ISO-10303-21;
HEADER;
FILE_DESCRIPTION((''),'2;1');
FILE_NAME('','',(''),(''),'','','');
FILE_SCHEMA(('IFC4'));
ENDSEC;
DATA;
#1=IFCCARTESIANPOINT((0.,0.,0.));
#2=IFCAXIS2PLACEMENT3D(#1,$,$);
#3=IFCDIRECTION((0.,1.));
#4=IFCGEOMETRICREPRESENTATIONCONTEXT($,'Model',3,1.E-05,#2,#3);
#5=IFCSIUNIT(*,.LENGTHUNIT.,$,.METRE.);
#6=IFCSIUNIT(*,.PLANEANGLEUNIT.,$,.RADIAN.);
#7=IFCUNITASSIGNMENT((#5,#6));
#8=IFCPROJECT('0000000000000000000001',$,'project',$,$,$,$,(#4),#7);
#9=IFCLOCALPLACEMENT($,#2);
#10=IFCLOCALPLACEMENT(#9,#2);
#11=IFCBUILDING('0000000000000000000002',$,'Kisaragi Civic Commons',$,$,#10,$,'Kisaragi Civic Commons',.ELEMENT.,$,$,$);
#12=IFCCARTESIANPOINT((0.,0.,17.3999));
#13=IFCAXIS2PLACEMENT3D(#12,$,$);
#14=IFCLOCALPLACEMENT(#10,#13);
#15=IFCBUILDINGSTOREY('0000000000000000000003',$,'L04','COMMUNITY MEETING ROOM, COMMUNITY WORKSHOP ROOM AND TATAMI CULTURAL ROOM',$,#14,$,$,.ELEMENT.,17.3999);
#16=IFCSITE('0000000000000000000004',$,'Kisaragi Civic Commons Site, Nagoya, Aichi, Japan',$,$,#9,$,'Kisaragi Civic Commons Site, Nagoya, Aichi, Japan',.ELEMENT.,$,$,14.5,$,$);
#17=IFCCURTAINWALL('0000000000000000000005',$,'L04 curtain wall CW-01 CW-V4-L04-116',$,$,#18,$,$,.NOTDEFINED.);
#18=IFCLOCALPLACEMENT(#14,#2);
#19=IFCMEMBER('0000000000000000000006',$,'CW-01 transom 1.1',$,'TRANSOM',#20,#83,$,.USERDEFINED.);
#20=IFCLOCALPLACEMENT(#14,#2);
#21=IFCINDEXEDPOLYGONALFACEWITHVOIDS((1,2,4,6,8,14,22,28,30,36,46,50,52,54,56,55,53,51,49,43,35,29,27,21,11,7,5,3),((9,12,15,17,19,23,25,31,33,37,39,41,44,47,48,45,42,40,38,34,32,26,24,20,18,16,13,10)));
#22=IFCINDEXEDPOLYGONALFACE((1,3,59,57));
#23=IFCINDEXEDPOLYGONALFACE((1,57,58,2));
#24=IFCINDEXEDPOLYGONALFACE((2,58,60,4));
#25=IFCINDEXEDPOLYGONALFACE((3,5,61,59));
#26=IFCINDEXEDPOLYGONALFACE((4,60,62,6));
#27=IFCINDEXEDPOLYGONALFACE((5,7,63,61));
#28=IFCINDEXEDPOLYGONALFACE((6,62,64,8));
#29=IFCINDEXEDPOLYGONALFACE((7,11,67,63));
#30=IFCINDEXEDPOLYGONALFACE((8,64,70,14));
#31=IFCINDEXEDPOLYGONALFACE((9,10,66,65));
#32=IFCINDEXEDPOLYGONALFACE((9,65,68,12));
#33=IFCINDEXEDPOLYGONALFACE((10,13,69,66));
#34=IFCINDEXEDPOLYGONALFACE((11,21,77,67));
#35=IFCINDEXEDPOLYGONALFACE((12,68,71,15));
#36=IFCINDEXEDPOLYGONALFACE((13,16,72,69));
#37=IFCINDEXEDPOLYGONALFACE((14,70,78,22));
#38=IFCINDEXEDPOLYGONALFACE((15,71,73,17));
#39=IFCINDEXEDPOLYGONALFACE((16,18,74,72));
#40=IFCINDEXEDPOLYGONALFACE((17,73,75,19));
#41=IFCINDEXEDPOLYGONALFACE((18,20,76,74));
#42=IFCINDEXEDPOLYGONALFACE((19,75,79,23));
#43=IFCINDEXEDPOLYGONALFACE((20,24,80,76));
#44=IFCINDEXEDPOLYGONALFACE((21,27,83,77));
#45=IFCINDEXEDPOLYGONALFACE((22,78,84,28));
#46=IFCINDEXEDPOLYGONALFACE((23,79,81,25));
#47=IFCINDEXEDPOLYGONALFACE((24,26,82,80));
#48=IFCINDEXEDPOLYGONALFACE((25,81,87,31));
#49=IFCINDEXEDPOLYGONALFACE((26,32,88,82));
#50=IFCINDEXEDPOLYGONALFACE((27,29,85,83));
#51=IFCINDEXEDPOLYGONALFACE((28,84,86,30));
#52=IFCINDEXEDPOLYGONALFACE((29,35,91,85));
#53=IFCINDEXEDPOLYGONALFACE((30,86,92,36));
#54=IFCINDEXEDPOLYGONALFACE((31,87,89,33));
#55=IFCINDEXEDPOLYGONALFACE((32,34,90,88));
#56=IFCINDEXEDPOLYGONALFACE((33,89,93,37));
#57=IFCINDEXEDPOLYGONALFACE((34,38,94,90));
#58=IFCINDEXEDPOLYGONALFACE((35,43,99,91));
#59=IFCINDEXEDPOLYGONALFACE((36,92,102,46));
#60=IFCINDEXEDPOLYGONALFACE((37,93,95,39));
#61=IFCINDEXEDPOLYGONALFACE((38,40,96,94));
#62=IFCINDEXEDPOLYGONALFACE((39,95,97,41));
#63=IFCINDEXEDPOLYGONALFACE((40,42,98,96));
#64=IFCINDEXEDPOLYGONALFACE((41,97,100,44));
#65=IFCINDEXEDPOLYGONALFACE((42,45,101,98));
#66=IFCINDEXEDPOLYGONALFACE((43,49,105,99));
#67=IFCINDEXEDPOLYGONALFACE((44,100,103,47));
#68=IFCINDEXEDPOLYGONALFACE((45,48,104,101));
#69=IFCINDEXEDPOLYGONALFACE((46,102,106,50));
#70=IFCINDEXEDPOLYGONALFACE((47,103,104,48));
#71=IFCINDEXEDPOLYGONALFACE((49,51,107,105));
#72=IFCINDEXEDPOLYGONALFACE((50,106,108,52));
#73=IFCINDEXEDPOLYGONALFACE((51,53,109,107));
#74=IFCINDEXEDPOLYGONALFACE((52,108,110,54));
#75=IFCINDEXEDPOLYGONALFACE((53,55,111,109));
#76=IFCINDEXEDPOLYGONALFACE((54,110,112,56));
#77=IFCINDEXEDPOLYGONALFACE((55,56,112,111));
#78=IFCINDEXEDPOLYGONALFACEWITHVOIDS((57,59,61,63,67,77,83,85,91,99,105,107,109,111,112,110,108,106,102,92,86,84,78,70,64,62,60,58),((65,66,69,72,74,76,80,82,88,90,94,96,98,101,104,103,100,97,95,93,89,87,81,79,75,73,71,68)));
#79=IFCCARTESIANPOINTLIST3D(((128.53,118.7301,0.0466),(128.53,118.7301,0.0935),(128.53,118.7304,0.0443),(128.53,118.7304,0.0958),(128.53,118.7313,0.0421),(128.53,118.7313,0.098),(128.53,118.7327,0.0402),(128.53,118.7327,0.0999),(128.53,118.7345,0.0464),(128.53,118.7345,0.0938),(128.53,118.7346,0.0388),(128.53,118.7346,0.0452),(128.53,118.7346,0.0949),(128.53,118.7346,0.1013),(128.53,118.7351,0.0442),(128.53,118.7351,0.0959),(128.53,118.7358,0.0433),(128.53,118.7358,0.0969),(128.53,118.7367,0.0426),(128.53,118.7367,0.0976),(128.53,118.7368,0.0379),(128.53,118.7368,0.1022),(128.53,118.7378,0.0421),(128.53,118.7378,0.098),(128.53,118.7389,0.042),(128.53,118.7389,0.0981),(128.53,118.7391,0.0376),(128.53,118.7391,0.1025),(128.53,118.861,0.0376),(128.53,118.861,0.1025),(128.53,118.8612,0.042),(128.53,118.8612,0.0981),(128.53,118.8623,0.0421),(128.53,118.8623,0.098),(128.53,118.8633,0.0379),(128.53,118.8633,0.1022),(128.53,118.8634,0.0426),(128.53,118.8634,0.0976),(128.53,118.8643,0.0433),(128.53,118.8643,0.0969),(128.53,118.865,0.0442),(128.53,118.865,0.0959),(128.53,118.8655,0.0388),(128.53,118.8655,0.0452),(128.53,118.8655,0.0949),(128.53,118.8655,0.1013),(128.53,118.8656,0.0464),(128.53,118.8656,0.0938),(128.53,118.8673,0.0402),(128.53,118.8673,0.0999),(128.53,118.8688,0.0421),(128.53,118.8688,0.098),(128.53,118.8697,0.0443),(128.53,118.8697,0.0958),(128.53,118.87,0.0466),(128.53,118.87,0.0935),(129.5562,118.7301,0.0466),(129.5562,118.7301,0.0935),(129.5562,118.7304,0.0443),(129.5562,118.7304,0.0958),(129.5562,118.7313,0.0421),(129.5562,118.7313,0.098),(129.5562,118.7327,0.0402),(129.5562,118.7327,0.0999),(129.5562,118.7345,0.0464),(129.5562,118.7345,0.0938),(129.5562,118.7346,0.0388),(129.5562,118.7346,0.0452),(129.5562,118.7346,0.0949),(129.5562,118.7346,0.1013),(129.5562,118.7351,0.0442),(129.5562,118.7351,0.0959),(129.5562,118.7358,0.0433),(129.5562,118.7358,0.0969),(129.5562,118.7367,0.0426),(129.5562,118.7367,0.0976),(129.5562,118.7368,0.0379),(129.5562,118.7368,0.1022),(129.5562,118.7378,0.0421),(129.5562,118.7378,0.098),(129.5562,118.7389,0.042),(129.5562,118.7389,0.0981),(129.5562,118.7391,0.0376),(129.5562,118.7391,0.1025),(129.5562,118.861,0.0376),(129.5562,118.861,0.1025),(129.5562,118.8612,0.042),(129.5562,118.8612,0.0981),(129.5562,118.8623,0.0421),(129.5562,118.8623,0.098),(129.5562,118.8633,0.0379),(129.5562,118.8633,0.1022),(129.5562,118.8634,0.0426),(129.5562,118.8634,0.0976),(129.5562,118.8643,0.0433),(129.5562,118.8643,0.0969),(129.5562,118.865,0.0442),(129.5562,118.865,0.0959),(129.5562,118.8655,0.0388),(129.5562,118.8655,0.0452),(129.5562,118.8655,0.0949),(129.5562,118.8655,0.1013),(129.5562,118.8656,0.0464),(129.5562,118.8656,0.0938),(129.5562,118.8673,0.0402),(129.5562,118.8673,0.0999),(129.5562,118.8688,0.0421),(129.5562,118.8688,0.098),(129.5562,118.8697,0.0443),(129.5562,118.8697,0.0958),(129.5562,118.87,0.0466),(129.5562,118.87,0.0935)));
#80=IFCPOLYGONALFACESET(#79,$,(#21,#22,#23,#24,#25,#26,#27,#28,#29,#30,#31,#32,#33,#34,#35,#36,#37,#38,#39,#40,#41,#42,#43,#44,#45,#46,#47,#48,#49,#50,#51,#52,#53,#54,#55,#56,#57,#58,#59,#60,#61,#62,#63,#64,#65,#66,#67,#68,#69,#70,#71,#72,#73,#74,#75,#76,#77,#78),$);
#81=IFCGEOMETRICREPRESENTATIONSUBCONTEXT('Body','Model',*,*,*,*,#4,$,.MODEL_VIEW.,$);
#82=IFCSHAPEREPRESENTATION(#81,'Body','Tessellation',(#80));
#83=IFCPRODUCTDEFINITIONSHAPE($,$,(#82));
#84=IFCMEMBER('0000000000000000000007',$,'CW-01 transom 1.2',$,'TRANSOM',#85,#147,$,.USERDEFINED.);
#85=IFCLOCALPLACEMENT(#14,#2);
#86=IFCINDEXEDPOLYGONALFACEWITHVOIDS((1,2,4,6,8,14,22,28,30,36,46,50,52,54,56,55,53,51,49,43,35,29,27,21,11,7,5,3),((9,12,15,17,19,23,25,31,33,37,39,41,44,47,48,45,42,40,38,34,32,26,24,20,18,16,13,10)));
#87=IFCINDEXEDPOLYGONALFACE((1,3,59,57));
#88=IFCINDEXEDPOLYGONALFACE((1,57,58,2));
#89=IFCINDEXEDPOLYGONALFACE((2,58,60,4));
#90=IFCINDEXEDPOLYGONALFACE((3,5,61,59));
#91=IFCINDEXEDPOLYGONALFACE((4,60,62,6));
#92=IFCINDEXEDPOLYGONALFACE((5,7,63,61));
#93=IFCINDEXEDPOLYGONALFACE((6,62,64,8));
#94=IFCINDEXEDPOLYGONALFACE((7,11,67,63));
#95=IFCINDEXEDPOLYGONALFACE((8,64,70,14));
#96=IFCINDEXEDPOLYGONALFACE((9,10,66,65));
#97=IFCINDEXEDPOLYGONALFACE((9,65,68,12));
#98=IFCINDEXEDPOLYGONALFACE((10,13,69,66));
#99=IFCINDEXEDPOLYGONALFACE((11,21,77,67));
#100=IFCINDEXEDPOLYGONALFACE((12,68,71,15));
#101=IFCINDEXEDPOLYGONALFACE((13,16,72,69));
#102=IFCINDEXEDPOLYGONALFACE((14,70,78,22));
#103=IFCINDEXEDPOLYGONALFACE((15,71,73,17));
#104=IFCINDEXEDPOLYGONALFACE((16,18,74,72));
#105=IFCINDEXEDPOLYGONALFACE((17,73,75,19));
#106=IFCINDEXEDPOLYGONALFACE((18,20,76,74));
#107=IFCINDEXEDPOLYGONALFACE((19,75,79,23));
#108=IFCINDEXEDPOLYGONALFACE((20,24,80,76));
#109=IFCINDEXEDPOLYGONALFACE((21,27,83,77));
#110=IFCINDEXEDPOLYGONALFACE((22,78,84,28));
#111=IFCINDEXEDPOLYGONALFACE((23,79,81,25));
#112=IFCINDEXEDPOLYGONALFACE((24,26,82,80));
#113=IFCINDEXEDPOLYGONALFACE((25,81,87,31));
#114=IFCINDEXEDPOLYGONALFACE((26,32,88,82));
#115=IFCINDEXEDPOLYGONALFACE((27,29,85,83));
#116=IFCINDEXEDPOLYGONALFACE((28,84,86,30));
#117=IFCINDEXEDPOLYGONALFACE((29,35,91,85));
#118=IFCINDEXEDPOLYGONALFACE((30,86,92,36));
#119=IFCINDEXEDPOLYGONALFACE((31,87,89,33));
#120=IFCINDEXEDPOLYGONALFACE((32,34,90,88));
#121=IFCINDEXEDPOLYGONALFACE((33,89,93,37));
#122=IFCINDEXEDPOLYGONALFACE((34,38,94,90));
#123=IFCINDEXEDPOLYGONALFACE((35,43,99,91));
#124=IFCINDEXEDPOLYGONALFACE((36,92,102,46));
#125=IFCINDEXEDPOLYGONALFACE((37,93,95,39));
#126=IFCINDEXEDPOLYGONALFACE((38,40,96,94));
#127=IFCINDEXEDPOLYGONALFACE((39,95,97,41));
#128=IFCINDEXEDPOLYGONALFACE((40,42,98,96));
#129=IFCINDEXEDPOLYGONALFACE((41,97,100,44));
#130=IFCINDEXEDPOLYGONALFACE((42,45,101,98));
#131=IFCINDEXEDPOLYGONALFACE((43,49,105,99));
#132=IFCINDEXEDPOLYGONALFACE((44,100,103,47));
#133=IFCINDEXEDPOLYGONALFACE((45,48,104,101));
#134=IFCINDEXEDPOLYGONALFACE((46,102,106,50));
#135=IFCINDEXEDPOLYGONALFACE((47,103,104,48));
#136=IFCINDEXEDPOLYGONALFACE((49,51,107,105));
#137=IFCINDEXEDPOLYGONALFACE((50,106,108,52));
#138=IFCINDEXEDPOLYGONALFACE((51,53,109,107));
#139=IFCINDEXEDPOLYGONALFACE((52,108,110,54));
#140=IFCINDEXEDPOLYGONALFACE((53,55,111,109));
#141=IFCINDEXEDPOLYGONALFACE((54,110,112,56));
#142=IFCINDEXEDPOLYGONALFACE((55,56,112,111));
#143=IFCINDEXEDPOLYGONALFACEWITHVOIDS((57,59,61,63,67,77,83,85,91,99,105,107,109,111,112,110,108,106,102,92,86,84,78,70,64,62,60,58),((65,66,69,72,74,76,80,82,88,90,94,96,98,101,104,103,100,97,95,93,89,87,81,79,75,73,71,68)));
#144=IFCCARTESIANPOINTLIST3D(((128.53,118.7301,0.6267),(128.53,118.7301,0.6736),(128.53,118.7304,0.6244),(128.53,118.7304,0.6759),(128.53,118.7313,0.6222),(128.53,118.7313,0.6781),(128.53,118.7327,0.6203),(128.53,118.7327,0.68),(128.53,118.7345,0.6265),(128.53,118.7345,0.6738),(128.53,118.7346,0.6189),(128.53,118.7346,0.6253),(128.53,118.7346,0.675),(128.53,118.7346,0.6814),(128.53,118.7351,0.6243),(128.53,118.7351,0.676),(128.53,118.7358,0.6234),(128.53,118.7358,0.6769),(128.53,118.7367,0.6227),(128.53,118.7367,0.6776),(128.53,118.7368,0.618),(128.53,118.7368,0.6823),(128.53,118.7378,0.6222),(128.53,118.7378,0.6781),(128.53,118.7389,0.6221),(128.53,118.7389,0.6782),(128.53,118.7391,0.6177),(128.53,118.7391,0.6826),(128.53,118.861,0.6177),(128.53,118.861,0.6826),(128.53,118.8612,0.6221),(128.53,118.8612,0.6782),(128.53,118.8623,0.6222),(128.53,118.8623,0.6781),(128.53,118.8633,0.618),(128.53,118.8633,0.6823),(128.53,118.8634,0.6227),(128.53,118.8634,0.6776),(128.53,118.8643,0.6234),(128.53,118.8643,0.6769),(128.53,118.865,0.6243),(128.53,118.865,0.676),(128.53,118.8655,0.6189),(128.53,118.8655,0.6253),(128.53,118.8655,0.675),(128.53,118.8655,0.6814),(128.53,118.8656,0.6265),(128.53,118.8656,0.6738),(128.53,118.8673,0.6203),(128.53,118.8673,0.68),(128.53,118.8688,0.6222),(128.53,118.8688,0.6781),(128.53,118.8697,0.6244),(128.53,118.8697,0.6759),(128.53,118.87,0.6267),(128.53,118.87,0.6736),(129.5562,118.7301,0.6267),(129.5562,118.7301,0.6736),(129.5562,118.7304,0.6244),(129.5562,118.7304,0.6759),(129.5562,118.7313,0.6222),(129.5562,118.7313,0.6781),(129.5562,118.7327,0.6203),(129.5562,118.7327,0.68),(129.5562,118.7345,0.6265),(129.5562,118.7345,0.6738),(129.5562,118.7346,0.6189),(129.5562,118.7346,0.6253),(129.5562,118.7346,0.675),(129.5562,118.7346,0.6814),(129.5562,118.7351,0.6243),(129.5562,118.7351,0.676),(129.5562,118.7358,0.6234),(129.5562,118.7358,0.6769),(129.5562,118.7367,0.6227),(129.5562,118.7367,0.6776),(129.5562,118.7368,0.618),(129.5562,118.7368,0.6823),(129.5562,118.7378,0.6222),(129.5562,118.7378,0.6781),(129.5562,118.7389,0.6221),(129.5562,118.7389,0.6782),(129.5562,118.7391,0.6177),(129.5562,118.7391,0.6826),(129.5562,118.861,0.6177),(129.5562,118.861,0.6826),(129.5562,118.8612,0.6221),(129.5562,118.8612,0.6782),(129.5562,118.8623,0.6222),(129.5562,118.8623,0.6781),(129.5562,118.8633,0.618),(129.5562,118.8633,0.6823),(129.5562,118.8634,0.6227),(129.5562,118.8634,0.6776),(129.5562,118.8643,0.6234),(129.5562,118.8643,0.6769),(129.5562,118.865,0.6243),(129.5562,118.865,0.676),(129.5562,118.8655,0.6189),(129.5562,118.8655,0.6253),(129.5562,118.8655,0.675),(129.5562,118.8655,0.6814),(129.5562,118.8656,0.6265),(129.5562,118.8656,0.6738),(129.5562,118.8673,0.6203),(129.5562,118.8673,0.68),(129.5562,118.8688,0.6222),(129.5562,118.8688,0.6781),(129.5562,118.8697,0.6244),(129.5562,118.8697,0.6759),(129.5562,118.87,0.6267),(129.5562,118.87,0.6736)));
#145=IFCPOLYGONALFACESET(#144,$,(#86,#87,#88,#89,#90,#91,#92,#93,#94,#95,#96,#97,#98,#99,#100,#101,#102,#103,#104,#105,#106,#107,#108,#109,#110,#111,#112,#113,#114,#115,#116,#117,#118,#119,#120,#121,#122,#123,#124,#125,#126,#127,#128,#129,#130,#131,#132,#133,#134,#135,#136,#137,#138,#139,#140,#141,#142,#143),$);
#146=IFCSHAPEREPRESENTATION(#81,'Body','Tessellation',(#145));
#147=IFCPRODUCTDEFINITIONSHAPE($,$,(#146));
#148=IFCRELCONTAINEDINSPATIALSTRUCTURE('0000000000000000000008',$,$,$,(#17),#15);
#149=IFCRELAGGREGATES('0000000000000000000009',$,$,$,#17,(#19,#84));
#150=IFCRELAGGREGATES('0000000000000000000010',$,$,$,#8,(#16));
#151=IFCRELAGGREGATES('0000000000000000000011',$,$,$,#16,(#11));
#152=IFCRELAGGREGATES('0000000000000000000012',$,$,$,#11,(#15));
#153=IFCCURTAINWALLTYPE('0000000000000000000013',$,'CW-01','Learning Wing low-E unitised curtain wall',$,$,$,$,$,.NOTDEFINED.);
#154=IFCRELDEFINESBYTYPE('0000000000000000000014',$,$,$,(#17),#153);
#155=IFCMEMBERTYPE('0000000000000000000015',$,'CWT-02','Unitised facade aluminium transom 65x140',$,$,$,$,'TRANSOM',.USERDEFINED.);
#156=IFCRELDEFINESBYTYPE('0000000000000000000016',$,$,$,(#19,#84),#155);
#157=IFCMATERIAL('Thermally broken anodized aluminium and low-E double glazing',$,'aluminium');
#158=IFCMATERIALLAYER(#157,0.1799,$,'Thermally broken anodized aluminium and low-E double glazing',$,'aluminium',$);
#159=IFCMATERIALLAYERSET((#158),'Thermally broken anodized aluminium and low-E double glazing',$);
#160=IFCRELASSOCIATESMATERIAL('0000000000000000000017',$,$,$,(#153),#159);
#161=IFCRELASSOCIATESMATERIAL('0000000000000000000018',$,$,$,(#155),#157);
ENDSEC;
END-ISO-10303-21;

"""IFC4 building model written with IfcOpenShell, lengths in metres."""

from ifc_helpers import new_model, si_unit, direction, frame, origin, origin_2d, place, context, subcontext, project, spatial, hollow_rectangle, extrude, material, layer, layer_set, material_profile, profile_set, type_object, element, aggregate, save


model = new_model("IFC4")

# Units and contexts
model_context = context("Model", 3, precision=1e-05, world=origin(), true_north=direction((0.0, 1.0)))
body_context = subcontext(model_context, "Body", "Model", "MODEL_VIEW")
ifc_project = project(units=[si_unit("LENGTHUNIT", "METRE"), si_unit("PLANEANGLEUNIT", "RADIAN")], contexts=[model_context])

# Site, building, storey
site_placement = place(None, origin())
site = spatial("IfcSite", under=ifc_project, at=site_placement, Name="Kisaragi Civic Commons Site, Nagoya, Aichi, Japan", LongName="Kisaragi Civic Commons Site, Nagoya, Aichi, Japan", CompositionType="ELEMENT", RefElevation=14.5)
building_placement = place(site_placement, origin())
building = spatial("IfcBuilding", under=site, at=building_placement, Name="Kisaragi Civic Commons", LongName="Kisaragi Civic Commons", CompositionType="ELEMENT")
storey_placement = place(building_placement, frame((0.0, 0.0, 17.3999)))
storey = spatial("IfcBuildingStorey", under=building, at=storey_placement, Name="L04", Description="COMMUNITY MEETING ROOM, COMMUNITY WORKSHOP ROOM AND TATAMI CULTURAL ROOM", CompositionType="ELEMENT", Elevation=17.3999)

# Shared definitions
ifc_material_1 = material(Name="Thermally broken anodized aluminium and low-E double glazing", Category="aluminium")
ifc_layer_1 = layer(ifc_material_1, 0.1799, Name="Thermally broken anodized aluminium and low-E double glazing", Category="aluminium")
ifc_layer_set_1 = layer_set([ifc_layer_1], Name="Thermally broken anodized aluminium and low-E double glazing")
curtain_wall_type = type_object("IfcCurtainWallType", Name="CW-01", Description="Learning Wing low-E unitised curtain wall", PredefinedType="NOTDEFINED", material=ifc_layer_set_1)

# Curtain wall, members
curtain_wall_1_placement = place(storey_placement, origin())
curtain_wall_1 = element("IfcCurtainWall", 1, at=curtain_wall_1_placement, inside=storey, type_object=curtain_wall_type, Name="L04 curtain wall CW-01 CW-V4-L04-116", PredefinedType="NOTDEFINED")
ifc_material_profile_1 = material_profile(ifc_material_1, hollow_rectangle(XDim=0.1399, YDim=0.0649, WallThickness=0.0044, InnerFilletRadius=0.0044, OuterFilletRadius=0.009, at=origin_2d()), Name="CWT-65x140x4.5", Category="aluminium")
ifc_profile_set_1 = profile_set([ifc_material_profile_1], Name="Thermally broken anodized aluminium and low-E double glazing")
member_type_1 = type_object("IfcMemberType", Name="CWT-02", Description="Unitised facade aluminium transom 65x140", ElementType="TRANSOM", PredefinedType="USERDEFINED", material=ifc_profile_set_1)
member_1_placement = place(storey_placement, frame((128.53, 118.8, 0.0701), z_axis=(1.0, 0.0, 0.0), x_axis=(0.0, 1.0, 0.0)))
member_1 = element("IfcMember", 2, at=member_1_placement, type_object=member_type_1, Name="CW-01 transom 1.1", ObjectType="TRANSOM", PredefinedType="USERDEFINED", context=body_context, shape_type="SweptSolid", body=[
    extrude(hollow_rectangle(XDim=0.1399, YDim=0.0649, WallThickness=0.0044, InnerFilletRadius=0.0044, OuterFilletRadius=0.009, at=origin_2d()), origin(), (0.0, 0.0, 1.0), 1.0261),
])
member_2_placement = place(storey_placement, frame((128.53, 118.8, 0.6501), z_axis=(1.0, 0.0, 0.0), x_axis=(0.0, 1.0, 0.0)))
member_2 = element("IfcMember", 3, at=member_2_placement, type_object=member_type_1, Name="CW-01 transom 1.2", ObjectType="TRANSOM", PredefinedType="USERDEFINED", context=body_context, shape_type="SweptSolid", body=[
    extrude(hollow_rectangle(XDim=0.1399, YDim=0.0649, WallThickness=0.0044, InnerFilletRadius=0.0044, OuterFilletRadius=0.009, at=origin_2d()), origin(), (0.0, 0.0, 1.0), 1.0261),
])

aggregate(curtain_wall_1, [member_1, member_2])

save(model, "model.ifc")
